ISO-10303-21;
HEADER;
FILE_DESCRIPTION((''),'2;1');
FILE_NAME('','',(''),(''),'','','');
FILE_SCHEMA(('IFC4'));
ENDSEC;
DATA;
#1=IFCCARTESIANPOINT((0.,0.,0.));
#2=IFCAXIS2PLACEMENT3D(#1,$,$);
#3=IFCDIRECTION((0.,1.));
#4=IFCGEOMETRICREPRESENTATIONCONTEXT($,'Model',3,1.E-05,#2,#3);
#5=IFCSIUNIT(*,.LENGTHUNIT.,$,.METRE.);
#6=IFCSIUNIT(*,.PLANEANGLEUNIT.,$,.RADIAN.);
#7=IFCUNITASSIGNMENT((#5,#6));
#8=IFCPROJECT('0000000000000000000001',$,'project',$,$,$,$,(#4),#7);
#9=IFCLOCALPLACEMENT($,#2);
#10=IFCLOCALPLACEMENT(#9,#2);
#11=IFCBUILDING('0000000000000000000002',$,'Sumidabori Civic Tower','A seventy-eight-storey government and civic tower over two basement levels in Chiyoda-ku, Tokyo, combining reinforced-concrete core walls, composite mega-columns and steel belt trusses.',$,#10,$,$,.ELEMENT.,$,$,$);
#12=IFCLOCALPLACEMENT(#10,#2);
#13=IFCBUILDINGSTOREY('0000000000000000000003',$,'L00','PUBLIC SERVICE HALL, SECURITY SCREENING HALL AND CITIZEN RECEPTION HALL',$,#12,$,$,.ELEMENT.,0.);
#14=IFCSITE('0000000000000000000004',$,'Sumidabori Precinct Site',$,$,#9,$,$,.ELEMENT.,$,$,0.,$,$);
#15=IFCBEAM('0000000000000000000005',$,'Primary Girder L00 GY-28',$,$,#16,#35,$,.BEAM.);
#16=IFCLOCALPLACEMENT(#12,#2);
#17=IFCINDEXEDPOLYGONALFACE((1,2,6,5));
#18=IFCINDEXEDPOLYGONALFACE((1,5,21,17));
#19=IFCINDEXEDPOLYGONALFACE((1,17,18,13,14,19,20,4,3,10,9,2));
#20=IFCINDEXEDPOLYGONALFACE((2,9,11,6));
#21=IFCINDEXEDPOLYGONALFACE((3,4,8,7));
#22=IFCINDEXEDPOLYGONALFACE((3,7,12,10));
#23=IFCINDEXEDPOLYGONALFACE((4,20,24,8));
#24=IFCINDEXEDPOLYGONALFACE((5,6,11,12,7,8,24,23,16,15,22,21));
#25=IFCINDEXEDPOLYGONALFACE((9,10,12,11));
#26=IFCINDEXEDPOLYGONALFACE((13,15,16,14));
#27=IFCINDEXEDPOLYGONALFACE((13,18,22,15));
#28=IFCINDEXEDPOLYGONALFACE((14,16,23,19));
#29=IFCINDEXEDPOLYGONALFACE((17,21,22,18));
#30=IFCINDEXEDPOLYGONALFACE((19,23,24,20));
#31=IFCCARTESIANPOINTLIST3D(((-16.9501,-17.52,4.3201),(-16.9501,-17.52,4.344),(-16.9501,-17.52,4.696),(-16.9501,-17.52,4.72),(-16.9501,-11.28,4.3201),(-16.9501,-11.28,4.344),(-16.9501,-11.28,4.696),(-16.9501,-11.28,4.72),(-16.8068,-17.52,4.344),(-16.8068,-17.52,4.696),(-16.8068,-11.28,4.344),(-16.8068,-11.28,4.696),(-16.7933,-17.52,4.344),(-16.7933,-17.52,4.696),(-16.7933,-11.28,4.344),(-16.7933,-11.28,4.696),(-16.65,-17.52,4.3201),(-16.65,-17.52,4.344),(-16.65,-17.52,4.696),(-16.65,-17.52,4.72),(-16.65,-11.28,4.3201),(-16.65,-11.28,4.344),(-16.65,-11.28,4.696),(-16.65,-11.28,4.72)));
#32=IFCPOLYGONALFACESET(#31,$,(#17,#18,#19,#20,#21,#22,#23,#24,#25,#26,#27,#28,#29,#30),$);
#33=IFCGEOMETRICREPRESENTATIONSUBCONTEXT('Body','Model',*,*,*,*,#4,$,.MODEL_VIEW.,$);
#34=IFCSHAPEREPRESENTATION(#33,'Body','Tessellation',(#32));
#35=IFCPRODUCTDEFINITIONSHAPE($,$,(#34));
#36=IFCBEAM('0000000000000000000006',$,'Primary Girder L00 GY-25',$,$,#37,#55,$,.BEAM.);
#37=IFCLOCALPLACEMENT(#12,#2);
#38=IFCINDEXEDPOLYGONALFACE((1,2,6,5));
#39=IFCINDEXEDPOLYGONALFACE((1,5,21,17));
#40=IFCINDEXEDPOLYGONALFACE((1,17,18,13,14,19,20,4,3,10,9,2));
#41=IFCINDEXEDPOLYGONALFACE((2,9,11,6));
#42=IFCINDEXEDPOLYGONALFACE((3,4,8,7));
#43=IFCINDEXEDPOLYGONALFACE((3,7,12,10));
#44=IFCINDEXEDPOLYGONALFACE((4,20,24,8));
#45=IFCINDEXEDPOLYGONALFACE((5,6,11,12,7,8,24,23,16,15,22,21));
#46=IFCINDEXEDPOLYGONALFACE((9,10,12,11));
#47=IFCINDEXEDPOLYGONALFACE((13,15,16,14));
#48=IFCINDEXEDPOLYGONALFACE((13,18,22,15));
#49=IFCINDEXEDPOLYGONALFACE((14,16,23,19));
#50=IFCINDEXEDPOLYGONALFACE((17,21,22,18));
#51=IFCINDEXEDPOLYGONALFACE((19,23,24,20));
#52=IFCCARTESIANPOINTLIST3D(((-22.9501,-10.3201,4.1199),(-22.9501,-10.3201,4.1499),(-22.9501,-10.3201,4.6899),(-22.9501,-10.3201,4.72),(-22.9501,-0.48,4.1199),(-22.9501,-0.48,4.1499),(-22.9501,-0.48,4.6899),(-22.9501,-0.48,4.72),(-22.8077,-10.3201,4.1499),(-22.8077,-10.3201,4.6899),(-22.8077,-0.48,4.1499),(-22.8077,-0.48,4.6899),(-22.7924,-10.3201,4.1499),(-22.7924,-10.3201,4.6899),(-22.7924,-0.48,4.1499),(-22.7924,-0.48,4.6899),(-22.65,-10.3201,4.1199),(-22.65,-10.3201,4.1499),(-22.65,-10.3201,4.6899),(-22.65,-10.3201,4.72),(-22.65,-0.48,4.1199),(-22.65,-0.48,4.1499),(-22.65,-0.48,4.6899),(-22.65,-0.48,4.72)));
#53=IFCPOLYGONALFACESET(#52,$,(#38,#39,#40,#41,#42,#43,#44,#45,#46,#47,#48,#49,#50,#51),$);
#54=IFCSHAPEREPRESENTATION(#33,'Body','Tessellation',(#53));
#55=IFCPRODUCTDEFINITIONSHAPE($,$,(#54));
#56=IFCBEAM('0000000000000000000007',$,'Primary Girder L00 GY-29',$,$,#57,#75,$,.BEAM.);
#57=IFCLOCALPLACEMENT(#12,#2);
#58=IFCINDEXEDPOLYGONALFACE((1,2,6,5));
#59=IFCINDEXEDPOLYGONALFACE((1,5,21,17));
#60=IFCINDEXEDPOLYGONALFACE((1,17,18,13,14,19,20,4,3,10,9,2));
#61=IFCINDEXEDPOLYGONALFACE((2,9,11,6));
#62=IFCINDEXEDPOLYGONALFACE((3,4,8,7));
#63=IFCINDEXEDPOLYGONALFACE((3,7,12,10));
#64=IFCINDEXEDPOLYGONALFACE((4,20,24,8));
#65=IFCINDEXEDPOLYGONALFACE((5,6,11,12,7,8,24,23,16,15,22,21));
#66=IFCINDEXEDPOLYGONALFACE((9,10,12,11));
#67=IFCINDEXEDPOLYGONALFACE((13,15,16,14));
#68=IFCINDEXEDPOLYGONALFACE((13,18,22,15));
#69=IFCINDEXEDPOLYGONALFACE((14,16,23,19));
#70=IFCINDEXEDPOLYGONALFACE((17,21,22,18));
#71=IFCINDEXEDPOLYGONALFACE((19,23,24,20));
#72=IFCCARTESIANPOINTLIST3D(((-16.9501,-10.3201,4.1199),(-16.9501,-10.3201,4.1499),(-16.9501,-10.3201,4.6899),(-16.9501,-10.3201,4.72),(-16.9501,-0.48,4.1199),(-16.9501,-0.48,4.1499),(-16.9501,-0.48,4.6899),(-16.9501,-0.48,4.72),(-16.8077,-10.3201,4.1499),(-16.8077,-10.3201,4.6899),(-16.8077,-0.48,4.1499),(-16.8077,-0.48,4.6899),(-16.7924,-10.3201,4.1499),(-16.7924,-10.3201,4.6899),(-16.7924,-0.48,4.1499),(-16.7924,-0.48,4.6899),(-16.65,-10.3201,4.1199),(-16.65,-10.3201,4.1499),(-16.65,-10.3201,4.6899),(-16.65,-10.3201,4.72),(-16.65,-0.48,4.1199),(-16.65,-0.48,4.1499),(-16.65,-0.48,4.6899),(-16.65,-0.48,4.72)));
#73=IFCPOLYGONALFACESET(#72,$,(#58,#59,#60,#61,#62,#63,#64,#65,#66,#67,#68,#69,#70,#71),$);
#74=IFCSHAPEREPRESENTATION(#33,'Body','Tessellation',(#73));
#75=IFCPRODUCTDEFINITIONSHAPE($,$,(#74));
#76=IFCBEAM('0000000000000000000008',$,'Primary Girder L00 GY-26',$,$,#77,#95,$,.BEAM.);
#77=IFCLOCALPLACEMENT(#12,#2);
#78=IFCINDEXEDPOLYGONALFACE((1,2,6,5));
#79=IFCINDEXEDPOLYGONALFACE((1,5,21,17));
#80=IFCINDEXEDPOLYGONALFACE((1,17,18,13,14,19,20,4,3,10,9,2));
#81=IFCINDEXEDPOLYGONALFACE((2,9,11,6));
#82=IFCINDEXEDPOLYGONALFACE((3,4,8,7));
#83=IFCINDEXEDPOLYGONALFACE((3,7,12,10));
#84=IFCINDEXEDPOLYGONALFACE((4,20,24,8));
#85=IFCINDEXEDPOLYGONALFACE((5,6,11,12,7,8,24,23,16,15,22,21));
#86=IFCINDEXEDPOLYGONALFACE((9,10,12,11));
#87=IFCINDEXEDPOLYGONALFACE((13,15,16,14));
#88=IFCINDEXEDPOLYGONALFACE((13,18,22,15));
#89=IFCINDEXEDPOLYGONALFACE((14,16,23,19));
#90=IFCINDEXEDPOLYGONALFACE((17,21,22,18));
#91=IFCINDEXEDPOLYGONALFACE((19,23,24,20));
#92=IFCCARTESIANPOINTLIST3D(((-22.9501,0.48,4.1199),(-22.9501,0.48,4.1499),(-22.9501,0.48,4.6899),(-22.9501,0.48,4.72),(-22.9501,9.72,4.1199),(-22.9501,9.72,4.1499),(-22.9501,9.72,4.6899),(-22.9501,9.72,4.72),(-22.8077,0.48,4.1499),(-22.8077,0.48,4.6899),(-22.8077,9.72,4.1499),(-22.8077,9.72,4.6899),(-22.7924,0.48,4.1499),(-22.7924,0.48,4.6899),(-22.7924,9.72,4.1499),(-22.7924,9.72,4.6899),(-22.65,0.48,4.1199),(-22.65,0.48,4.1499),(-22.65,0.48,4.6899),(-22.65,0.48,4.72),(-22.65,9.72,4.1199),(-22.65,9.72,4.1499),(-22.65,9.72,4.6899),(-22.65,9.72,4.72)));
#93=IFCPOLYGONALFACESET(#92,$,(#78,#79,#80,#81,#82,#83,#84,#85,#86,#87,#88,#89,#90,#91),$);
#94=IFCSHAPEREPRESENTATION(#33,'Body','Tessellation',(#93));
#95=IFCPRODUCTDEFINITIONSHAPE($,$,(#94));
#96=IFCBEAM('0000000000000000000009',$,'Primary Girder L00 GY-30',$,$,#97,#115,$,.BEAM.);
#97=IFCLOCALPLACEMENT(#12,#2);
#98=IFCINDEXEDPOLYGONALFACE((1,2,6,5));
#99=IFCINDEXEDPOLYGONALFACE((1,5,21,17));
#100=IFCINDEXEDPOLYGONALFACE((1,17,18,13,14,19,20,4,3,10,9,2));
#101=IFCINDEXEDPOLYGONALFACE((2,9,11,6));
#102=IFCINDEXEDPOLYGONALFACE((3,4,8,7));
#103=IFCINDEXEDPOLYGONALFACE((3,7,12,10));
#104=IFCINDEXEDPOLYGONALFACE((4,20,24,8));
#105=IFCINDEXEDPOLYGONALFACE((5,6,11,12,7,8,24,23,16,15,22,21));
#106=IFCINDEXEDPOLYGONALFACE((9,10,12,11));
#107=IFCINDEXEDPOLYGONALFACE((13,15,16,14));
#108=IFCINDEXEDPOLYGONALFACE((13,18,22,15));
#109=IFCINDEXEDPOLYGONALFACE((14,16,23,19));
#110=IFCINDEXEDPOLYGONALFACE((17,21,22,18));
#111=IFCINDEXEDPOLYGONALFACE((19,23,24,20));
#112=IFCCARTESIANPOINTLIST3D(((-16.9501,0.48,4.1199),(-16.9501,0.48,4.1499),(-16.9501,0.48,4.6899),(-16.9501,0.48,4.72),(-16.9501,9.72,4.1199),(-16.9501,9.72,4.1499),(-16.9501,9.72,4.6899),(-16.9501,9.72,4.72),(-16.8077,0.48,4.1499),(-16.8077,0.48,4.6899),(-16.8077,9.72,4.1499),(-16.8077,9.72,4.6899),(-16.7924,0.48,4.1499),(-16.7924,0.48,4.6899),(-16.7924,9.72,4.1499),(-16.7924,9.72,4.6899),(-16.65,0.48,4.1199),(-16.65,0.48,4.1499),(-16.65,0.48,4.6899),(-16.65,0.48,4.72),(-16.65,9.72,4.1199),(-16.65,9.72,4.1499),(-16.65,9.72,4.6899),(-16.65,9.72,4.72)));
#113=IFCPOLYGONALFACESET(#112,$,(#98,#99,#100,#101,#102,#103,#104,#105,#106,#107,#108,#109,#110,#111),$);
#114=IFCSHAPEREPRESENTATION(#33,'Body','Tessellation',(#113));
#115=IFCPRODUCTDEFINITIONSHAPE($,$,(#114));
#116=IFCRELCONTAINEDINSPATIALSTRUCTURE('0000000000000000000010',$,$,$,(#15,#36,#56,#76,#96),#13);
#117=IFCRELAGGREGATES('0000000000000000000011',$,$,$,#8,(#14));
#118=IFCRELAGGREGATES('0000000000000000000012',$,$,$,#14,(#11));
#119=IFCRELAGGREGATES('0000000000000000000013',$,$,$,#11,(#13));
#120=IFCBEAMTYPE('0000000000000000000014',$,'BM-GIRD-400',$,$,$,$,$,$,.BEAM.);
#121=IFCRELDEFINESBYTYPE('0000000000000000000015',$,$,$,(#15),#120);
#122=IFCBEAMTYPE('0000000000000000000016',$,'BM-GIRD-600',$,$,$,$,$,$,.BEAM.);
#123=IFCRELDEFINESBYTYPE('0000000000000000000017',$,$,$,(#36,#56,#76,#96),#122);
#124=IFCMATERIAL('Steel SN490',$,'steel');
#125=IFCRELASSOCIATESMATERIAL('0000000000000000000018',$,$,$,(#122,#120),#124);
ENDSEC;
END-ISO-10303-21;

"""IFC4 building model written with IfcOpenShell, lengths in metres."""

from ifc_helpers import new_model, si_unit, direction, frame, origin, origin_2d, place, context, subcontext, project, spatial, i_section, extrude, source, transform, mapped, material, material_profile, profile_set, type_object, element, save


model = new_model("IFC4")

# Units and contexts
model_context = context("Model", 3, precision=1e-05, world=origin(), true_north=direction((0.0, 1.0)))
body_context = subcontext(model_context, "Body", "Model", "MODEL_VIEW")
ifc_project = project(units=[si_unit("LENGTHUNIT", "METRE"), si_unit("PLANEANGLEUNIT", "RADIAN")], contexts=[model_context])

# Site, building, storey
site_placement = place(None, origin())
site = spatial("IfcSite", under=ifc_project, at=site_placement, Name="Sumidabori Precinct Site", CompositionType="ELEMENT", RefElevation=0.0)
building_placement = place(site_placement, origin())
building = spatial("IfcBuilding", under=site, at=building_placement, Name="Sumidabori Civic Tower", Description="A seventy-eight-storey government and civic tower over two basement levels in Chiyoda-ku, Tokyo, combining reinforced-concrete core walls, composite mega-columns and steel belt trusses.", CompositionType="ELEMENT")
storey_placement = place(building_placement, origin())
storey = spatial("IfcBuildingStorey", under=building, at=storey_placement, Name="L00", Description="PUBLIC SERVICE HALL, SECURITY SCREENING HALL AND CITIZEN RECEPTION HALL", CompositionType="ELEMENT", Elevation=0.0)

# Beams
ifc_material_1 = material(Name="Steel SN490", Category="steel")
ifc_material_profile_1 = material_profile(ifc_material_1, i_section(OverallWidth=0.3, OverallDepth=0.6001, WebThickness=0.0154, FlangeThickness=0.03, at=origin_2d()), Name="HE 600 B")
ifc_profile_set_1 = profile_set([ifc_material_profile_1], Name="Steel SN490")
beam_type_1 = type_object("IfcBeamType", Name="BM-GIRD-600", PredefinedType="BEAM", material=ifc_profile_set_1)
ifc_material_profile_2 = material_profile(ifc_material_1, i_section(OverallWidth=0.3, OverallDepth=0.3999, WebThickness=0.0134, FlangeThickness=0.0239, at=origin_2d()), Name="HE 400 B")
ifc_profile_set_2 = profile_set([ifc_material_profile_2], Name="Steel SN490")
beam_type_2 = type_object("IfcBeamType", Name="BM-GIRD-400", PredefinedType="BEAM", material=ifc_profile_set_2)
shared_shape_1 = source(origin(), body_context, "Body", "SweptSolid", [
    extrude(i_section(OverallWidth=0.3, OverallDepth=0.3999, WebThickness=0.0134, FlangeThickness=0.0239, at=origin_2d()), origin(), (0.0, 0.0, 1.0), 6.24),
])
for number, where, z_axis, x_axis, name in (
    (1, (-16.8, -17.52, 4.52), (0.0, 1.0, 0.0), (-1.0, 0.0, 0.0), "Primary Girder L00 GY-28"),
):
    element("IfcBeam", number, at=place(storey_placement, frame(where, z_axis=z_axis, x_axis=x_axis)), inside=storey, type_object=beam_type_2, Name=name, PredefinedType="BEAM", context=body_context, shape_type="MappedRepresentation", body=[
        mapped(shared_shape_1, transform((0.0, 0.0, 0.0), x_axis=(1.0, 0.0, 0.0), y_axis=(0.0, 1.0, 0.0), z_axis=(0.0, 0.0, 1.0), scale=1.0)),
    ])
shared_shape_2 = source(origin(), body_context, "Body", "SweptSolid", [
    extrude(i_section(OverallWidth=0.3, OverallDepth=0.6001, WebThickness=0.0154, FlangeThickness=0.03, at=origin_2d()), origin(), (0.0, 0.0, 1.0), 9.8401),
])
for number, where, z_axis, x_axis, name in (
    (2, (-22.8, -10.3201, 4.4199), (0.0, 1.0, 0.0), (-1.0, 0.0, 0.0), "Primary Girder L00 GY-25"),
    (3, (-16.8, -10.3201, 4.4199), (0.0, 1.0, 0.0), (-1.0, 0.0, 0.0), "Primary Girder L00 GY-29"),
):
    element("IfcBeam", number, at=place(storey_placement, frame(where, z_axis=z_axis, x_axis=x_axis)), inside=storey, type_object=beam_type_1, Name=name, PredefinedType="BEAM", context=body_context, shape_type="MappedRepresentation", body=[
        mapped(shared_shape_2, transform((0.0, 0.0, 0.0), x_axis=(1.0, 0.0, 0.0), y_axis=(0.0, 1.0, 0.0), z_axis=(0.0, 0.0, 1.0), scale=1.0)),
    ])
shared_shape_3 = source(origin(), body_context, "Body", "SweptSolid", [
    extrude(i_section(OverallWidth=0.3, OverallDepth=0.6001, WebThickness=0.0154, FlangeThickness=0.03, at=origin_2d()), origin(), (0.0, 0.0, 1.0), 9.24),
])
for number, where, z_axis, x_axis, name in (
    (4, (-22.8, 0.48, 4.4199), (0.0, 1.0, 0.0), (-1.0, 0.0, 0.0), "Primary Girder L00 GY-26"),
    (5, (-16.8, 0.48, 4.4199), (0.0, 1.0, 0.0), (-1.0, 0.0, 0.0), "Primary Girder L00 GY-30"),
):
    element("IfcBeam", number, at=place(storey_placement, frame(where, z_axis=z_axis, x_axis=x_axis)), inside=storey, type_object=beam_type_1, Name=name, PredefinedType="BEAM", context=body_context, shape_type="MappedRepresentation", body=[
        mapped(shared_shape_3, transform((0.0, 0.0, 0.0), x_axis=(1.0, 0.0, 0.0), y_axis=(0.0, 1.0, 0.0), z_axis=(0.0, 0.0, 1.0), scale=1.0)),
    ])

save(model, "model.ifc")
